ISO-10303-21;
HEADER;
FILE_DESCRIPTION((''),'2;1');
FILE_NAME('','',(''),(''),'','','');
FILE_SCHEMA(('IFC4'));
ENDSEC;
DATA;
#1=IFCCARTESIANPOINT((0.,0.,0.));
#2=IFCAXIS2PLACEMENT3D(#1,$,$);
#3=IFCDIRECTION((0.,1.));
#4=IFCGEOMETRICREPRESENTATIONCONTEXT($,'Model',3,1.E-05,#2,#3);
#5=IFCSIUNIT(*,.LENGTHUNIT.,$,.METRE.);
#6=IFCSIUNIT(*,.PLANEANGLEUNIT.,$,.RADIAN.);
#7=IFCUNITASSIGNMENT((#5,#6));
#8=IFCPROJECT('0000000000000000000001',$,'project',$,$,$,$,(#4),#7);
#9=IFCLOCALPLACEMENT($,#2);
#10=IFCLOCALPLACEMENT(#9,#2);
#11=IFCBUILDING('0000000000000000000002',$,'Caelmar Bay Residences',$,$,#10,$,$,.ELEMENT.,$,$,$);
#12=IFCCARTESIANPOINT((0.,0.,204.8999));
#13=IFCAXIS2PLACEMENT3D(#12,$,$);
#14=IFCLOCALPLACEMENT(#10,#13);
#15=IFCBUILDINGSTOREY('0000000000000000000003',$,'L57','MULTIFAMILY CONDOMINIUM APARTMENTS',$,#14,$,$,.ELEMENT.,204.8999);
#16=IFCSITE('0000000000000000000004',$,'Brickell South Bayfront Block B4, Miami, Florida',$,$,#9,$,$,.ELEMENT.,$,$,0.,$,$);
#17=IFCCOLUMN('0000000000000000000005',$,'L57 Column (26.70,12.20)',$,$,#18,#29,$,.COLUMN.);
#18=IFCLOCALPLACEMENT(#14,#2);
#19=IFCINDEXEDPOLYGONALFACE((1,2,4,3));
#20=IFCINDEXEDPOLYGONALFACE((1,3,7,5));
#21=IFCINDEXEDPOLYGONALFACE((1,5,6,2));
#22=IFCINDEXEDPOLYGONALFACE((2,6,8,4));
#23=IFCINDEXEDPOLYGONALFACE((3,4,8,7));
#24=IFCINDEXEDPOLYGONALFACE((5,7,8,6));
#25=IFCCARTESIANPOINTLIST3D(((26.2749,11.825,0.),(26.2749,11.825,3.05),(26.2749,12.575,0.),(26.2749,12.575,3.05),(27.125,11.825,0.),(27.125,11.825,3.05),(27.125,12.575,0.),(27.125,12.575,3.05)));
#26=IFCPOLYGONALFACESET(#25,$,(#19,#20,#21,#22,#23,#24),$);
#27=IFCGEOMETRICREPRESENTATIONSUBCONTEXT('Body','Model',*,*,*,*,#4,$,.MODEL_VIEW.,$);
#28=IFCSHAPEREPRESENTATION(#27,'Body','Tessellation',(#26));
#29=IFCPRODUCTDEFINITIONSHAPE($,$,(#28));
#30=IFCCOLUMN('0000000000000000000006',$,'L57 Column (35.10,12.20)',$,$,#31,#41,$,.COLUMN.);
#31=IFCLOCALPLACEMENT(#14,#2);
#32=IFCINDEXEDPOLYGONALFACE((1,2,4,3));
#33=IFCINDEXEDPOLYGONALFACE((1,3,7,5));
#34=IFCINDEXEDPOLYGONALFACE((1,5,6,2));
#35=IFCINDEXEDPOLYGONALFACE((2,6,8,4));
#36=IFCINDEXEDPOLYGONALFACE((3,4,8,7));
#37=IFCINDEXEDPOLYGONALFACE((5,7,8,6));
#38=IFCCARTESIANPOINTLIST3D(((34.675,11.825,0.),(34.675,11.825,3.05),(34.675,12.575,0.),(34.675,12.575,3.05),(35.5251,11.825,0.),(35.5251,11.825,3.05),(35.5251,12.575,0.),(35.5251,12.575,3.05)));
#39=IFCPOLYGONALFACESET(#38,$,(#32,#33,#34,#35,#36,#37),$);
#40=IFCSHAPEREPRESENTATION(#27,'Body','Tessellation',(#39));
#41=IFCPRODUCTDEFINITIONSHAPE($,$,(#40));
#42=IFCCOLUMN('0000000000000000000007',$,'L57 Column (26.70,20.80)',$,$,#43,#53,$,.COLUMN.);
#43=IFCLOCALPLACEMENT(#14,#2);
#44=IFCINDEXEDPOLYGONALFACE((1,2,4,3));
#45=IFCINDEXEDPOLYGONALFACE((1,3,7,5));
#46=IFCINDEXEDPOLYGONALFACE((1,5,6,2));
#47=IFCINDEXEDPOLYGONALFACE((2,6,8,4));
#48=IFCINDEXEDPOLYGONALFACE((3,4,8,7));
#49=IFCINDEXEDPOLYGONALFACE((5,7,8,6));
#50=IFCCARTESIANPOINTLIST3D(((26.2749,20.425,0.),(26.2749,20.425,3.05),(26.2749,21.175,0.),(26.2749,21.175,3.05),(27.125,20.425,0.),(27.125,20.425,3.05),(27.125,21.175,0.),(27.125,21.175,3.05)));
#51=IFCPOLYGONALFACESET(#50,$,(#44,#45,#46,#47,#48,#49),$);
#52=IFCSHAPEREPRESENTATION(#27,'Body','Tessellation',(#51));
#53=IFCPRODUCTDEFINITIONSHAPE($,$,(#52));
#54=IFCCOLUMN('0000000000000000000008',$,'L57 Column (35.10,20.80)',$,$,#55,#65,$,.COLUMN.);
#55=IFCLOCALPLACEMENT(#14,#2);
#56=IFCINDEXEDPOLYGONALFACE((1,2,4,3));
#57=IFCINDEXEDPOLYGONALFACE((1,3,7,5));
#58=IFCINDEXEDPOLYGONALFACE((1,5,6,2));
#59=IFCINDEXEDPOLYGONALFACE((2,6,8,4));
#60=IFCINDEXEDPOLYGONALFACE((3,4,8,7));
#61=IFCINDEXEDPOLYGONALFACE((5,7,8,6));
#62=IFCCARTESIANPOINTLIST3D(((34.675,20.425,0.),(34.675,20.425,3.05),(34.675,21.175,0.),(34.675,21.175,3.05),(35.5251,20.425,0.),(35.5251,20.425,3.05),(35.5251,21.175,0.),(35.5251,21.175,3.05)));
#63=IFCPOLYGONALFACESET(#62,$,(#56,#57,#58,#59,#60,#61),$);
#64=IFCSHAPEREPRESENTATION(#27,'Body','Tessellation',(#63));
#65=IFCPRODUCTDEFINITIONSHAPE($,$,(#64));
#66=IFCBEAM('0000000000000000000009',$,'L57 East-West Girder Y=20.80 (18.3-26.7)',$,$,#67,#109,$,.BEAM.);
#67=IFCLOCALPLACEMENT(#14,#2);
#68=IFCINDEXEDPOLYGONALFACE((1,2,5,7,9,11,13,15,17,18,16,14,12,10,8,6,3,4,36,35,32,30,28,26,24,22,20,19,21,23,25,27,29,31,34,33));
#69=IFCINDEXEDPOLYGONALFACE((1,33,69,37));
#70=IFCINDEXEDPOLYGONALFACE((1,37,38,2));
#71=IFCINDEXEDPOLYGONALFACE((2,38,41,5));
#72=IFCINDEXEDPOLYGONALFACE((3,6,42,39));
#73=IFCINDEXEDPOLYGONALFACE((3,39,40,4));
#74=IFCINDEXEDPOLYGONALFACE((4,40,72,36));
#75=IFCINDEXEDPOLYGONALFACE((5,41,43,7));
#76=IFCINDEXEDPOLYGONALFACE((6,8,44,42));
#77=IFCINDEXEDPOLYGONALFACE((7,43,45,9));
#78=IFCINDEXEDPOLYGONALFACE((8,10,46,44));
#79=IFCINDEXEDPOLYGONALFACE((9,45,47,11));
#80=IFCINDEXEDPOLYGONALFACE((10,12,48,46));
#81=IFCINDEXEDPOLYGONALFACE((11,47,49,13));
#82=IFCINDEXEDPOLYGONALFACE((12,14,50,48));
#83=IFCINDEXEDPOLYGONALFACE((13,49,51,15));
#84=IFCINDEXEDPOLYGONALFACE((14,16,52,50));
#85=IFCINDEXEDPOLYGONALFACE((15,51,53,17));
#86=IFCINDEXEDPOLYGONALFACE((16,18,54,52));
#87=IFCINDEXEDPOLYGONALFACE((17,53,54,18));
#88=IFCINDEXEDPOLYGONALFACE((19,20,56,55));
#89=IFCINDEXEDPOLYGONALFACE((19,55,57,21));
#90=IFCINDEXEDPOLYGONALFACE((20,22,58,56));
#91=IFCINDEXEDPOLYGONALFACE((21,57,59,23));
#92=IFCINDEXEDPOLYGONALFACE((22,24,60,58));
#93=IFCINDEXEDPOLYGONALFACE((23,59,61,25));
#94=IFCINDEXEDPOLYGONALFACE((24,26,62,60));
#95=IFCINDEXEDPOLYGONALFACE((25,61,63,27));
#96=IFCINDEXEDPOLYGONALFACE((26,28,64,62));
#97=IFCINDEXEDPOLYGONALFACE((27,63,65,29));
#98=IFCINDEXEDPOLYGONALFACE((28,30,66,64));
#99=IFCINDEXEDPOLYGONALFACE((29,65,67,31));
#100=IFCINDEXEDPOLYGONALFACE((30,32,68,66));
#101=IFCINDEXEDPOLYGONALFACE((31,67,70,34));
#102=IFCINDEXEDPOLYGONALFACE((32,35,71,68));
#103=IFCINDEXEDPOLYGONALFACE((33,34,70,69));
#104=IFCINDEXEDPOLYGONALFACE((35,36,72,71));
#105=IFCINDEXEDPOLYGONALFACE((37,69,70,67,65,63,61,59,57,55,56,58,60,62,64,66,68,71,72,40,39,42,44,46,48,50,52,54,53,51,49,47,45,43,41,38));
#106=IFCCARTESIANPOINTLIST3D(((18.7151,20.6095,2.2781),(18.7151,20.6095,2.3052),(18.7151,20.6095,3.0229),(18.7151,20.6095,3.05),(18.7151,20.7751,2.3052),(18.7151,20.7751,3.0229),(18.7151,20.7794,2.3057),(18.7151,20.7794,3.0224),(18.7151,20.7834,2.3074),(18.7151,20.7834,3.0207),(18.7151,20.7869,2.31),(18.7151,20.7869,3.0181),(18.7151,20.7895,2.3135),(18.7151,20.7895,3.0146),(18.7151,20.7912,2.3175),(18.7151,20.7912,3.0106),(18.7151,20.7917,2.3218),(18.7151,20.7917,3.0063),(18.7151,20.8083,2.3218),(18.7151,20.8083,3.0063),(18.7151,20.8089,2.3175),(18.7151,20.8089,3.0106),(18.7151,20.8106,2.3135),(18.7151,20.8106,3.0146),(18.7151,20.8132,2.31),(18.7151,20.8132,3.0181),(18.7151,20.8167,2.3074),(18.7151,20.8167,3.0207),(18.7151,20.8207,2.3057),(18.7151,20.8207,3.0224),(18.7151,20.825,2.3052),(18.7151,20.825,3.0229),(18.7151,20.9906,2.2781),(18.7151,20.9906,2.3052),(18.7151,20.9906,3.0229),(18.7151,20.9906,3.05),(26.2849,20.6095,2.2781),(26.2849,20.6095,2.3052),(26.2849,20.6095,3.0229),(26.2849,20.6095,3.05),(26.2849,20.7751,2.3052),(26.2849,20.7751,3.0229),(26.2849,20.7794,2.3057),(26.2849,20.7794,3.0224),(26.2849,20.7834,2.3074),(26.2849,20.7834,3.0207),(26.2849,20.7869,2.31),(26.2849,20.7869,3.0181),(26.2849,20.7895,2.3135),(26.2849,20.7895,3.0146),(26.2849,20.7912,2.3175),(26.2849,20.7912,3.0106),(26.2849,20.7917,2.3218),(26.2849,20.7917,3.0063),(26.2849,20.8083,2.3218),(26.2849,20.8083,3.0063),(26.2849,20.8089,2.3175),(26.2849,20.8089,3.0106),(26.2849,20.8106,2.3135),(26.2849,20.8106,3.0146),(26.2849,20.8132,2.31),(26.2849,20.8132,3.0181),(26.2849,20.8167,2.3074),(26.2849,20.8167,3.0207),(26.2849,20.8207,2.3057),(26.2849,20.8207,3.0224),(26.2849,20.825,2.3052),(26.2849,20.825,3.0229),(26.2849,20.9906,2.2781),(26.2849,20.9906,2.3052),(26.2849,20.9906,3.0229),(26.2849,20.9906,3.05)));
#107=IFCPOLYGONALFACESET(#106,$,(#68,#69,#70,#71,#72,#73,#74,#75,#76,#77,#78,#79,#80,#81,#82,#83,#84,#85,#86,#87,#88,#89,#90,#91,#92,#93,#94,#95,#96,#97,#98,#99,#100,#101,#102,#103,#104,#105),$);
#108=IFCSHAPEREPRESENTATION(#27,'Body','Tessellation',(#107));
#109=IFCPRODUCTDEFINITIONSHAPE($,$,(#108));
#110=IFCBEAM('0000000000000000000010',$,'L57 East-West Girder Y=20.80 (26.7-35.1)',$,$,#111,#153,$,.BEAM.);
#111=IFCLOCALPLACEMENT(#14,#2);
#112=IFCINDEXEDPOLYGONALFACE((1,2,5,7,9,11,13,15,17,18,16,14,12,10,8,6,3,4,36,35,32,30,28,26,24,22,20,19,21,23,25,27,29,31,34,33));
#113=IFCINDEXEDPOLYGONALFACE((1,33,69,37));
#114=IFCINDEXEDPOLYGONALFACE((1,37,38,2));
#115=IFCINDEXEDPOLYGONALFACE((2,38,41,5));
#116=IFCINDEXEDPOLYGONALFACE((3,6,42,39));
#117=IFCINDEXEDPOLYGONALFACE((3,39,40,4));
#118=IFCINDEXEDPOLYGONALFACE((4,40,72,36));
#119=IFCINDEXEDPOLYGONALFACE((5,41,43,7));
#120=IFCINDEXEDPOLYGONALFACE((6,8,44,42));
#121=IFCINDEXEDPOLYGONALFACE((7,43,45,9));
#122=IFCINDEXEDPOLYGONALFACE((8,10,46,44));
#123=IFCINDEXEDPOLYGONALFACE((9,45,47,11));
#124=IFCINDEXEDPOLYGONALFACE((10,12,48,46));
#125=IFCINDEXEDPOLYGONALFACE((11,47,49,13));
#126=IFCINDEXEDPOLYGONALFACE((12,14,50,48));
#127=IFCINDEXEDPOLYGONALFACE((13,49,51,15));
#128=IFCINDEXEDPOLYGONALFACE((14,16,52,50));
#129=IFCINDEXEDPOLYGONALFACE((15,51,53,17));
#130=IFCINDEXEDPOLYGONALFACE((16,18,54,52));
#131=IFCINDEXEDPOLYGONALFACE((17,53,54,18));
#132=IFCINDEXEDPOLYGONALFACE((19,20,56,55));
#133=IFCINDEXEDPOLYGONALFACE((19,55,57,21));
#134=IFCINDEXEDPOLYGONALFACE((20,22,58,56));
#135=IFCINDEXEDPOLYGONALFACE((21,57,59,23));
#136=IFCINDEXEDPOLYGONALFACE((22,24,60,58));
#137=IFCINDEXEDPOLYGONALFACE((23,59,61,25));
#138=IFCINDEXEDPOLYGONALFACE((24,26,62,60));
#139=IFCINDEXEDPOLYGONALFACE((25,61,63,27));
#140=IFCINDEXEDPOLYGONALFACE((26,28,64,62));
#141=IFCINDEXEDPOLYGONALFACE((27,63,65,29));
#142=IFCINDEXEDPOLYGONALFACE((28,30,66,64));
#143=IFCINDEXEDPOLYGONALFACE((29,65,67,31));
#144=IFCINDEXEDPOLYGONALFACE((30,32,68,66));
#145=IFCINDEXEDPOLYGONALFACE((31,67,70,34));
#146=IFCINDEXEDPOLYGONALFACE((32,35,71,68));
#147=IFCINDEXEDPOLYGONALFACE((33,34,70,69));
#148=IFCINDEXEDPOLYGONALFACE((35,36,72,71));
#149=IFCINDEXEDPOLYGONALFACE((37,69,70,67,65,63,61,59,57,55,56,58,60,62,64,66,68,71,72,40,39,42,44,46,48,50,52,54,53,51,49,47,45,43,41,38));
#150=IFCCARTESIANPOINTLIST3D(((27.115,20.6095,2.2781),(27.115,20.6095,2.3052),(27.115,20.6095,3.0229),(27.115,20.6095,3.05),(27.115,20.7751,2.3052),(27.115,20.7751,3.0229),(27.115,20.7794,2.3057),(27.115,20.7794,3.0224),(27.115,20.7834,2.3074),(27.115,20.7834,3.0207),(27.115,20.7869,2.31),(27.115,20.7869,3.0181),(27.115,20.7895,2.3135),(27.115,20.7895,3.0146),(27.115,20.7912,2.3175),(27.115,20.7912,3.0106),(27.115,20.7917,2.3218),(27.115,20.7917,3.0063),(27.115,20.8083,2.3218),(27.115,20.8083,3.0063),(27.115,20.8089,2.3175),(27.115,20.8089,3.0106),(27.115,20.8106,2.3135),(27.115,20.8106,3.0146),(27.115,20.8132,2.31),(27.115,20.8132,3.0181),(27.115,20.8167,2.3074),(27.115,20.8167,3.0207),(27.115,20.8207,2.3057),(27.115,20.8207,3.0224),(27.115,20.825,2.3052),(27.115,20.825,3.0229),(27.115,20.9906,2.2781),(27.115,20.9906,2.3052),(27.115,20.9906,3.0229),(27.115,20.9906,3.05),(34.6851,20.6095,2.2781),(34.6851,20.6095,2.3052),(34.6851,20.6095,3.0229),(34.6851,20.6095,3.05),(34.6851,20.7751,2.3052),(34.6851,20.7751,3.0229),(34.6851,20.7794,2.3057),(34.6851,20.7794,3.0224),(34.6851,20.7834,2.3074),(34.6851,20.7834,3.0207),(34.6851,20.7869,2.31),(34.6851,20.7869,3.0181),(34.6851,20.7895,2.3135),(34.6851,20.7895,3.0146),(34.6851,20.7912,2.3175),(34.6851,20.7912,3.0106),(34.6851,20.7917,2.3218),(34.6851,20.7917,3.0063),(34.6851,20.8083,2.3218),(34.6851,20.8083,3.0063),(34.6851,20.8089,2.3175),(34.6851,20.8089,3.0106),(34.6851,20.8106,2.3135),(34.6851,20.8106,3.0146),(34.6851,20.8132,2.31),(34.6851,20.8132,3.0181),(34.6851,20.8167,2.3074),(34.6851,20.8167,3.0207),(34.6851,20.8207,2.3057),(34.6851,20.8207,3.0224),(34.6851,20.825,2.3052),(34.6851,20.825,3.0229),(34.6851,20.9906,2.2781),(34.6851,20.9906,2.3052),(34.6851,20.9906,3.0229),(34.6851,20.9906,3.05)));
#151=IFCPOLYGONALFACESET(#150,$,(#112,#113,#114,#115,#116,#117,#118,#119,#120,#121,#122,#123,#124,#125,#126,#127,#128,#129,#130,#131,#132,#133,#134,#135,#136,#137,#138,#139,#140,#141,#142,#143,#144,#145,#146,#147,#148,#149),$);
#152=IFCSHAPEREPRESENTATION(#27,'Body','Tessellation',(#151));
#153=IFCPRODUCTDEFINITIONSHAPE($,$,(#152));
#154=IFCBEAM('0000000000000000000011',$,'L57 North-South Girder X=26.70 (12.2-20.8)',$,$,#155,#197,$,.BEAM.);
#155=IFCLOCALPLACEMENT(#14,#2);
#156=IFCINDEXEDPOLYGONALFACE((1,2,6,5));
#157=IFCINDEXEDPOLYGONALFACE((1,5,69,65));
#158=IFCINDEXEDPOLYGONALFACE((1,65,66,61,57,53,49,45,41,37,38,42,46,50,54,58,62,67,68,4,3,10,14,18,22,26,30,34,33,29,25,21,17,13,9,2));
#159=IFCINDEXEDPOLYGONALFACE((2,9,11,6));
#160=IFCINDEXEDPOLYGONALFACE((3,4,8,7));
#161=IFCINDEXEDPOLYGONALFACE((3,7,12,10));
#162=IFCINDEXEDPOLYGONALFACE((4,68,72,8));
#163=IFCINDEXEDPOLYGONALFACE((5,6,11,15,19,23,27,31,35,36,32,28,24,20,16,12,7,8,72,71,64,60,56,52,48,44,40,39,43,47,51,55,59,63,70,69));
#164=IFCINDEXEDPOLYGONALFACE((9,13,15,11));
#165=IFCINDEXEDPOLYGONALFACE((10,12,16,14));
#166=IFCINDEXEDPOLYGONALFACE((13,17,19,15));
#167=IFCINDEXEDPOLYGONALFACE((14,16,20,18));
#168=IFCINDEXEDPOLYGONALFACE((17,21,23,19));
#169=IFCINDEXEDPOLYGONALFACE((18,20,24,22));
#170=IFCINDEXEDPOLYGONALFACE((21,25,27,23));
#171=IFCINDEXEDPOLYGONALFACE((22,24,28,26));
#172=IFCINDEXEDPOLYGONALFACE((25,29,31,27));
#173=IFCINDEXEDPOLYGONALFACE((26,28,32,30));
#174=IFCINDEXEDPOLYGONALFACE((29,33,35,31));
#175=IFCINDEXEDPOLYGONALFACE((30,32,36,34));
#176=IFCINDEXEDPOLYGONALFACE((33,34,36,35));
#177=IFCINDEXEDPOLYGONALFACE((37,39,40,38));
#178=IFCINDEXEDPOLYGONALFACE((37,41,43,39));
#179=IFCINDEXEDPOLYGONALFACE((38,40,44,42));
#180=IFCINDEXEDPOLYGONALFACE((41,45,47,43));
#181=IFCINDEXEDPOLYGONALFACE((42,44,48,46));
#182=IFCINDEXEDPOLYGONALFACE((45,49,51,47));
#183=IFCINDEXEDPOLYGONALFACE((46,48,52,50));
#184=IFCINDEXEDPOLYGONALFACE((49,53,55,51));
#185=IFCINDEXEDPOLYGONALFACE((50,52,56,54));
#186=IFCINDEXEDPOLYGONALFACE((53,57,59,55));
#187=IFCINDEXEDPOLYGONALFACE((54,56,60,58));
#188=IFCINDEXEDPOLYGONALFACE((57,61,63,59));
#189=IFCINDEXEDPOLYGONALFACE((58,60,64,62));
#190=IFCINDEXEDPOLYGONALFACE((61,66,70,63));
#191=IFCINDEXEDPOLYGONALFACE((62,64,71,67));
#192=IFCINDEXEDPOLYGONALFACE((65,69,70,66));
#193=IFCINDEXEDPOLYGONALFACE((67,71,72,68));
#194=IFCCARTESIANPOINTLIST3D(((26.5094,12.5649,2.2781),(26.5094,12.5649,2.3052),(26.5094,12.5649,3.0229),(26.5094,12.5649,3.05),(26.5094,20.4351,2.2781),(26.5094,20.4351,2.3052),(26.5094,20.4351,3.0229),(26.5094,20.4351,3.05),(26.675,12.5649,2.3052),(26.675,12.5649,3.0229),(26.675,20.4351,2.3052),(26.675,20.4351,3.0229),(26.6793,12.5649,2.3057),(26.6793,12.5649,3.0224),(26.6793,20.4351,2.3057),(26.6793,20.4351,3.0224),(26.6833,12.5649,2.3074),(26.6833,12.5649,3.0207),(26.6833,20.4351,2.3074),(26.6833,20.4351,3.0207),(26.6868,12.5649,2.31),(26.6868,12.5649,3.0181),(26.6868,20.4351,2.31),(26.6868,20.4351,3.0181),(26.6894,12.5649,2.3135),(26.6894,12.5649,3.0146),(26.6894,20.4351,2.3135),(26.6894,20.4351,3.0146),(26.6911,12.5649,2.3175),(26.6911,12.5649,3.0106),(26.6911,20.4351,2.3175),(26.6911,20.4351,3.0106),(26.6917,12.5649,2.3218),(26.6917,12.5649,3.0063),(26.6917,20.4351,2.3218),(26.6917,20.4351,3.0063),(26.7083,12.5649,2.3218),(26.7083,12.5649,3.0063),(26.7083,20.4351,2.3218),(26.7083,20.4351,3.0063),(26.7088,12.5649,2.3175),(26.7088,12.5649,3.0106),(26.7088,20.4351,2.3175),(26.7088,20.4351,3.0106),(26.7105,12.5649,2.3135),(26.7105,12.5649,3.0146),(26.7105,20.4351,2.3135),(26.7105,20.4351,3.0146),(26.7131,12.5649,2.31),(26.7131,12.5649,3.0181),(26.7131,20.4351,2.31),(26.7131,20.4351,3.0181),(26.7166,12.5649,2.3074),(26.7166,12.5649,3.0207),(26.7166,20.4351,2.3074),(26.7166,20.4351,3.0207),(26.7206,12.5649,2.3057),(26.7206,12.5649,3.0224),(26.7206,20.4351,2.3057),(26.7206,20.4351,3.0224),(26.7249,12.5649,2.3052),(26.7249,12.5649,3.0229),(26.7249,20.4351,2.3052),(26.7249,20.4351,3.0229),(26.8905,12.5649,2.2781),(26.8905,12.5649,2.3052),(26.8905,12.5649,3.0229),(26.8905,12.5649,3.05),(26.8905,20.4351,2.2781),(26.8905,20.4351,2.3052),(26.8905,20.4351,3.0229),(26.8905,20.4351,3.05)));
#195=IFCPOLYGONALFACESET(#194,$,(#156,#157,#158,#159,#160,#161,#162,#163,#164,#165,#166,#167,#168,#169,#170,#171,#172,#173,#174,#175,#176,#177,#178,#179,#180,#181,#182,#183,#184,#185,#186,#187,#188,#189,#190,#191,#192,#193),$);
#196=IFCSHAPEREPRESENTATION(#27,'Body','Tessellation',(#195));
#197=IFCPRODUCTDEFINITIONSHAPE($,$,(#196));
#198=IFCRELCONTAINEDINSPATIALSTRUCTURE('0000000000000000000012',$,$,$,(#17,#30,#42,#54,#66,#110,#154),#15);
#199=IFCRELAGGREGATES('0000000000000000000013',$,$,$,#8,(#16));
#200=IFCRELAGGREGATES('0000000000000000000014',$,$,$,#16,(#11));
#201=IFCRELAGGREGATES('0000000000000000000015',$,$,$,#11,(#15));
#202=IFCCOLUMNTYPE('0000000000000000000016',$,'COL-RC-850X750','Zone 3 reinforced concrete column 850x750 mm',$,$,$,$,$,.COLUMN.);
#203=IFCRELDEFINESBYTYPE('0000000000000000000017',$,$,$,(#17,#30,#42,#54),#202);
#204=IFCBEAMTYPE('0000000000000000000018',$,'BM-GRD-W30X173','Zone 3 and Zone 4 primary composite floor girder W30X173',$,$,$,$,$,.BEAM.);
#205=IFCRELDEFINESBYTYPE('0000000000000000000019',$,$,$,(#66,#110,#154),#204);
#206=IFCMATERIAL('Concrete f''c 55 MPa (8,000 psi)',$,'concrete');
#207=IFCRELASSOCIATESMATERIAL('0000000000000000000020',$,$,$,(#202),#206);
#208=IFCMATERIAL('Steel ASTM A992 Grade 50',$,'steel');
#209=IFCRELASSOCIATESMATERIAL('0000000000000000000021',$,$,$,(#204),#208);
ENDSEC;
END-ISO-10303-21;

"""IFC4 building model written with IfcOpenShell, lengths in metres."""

from ifc_helpers import new_model, si_unit, direction, frame, origin, origin_2d, place, context, subcontext, project, spatial, rectangle, i_section, extrude, material, material_profile, profile_set, type_object, element, save


model = new_model("IFC4")

# Units and contexts
model_context = context("Model", 3, precision=1e-05, world=origin(), true_north=direction((0.0, 1.0)))
body_context = subcontext(model_context, "Body", "Model", "MODEL_VIEW")
ifc_project = project(units=[si_unit("LENGTHUNIT", "METRE"), si_unit("PLANEANGLEUNIT", "RADIAN")], contexts=[model_context])

# Site, building, storey
site_placement = place(None, origin())
site = spatial("IfcSite", under=ifc_project, at=site_placement, Name="Brickell South Bayfront Block B4, Miami, Florida", CompositionType="ELEMENT", RefElevation=0.0)
building_placement = place(site_placement, origin())
building = spatial("IfcBuilding", under=site, at=building_placement, Name="Caelmar Bay Residences", CompositionType="ELEMENT")
storey_placement = place(building_placement, frame((0.0, 0.0, 204.8999)))
storey = spatial("IfcBuildingStorey", under=building, at=storey_placement, Name="L57", Description="MULTIFAMILY CONDOMINIUM APARTMENTS", CompositionType="ELEMENT", Elevation=204.8999)

# Columns
ifc_material_1 = material(Name="Concrete f'c 55 MPa (8,000 psi)", Category="concrete")
ifc_material_profile_1 = material_profile(ifc_material_1, rectangle(XDim=0.8501, YDim=0.75, at=origin_2d()), Name="RC-COL-850X750")
ifc_profile_set_1 = profile_set([ifc_material_profile_1], Name="Concrete f'c 55 MPa (8,000 psi)")
column_type = type_object("IfcColumnType", Name="COL-RC-850X750", Description="Zone 3 reinforced concrete column 850x750 mm", PredefinedType="COLUMN", material=ifc_profile_set_1)
for number, where, z_axis, x_axis, name in (
    (1, (26.7, 12.2, 0.0), (0.0, 0.0, 1.0), (1.0, 0.0, 0.0), "L57 Column (26.70,12.20)"),
    (2, (35.1001, 12.2, 0.0), (0.0, 0.0, 1.0), (1.0, 0.0, 0.0), "L57 Column (35.10,12.20)"),
    (3, (26.7, 20.8, 0.0), (0.0, 0.0, 1.0), (1.0, 0.0, 0.0), "L57 Column (26.70,20.80)"),
    (4, (35.1001, 20.8, 0.0), (0.0, 0.0, 1.0), (1.0, 0.0, 0.0), "L57 Column (35.10,20.80)"),
):
    element("IfcColumn", number, at=place(storey_placement, frame(where, z_axis=z_axis, x_axis=x_axis)), inside=storey, type_object=column_type, Name=name, PredefinedType="COLUMN", context=body_context, shape_type="SweptSolid", body=[
        extrude(rectangle(XDim=0.8501, YDim=0.75, at=origin_2d()), origin(), (0.0, 0.0, 1.0), 3.05),
    ])

# Beams
ifc_material_2 = material(Name="Steel ASTM A992 Grade 50", Category="steel")
ifc_material_profile_2 = material_profile(ifc_material_2, i_section(OverallWidth=0.3811, OverallDepth=0.772, WebThickness=0.0166, FlangeThickness=0.0271, FilletRadius=0.0166, at=origin_2d()), Name="W30X173")
ifc_profile_set_2 = profile_set([ifc_material_profile_2], Name="Steel ASTM A992 Grade 50")
beam_type_1 = type_object("IfcBeamType", Name="BM-GRD-W30X173", Description="Zone 3 and Zone 4 primary composite floor girder W30X173", PredefinedType="BEAM", material=ifc_profile_set_2)
beam_1_placement = place(storey_placement, frame((18.7151, 20.8, 2.6641), z_axis=(1.0, 0.0, 0.0), x_axis=(0.0, 1.0, 0.0)))
element("IfcBeam", 5, at=beam_1_placement, inside=storey, type_object=beam_type_1, Name="L57 East-West Girder Y=20.80 (18.3-26.7)", PredefinedType="BEAM", context=body_context, shape_type="SweptSolid", body=[
    extrude(i_section(OverallWidth=0.3811, OverallDepth=0.772, WebThickness=0.0166, FlangeThickness=0.0271, FilletRadius=0.0166, at=origin_2d()), origin(), (0.0, 0.0, 1.0), 7.5698),
])
beam_2_placement = place(storey_placement, frame((27.115, 20.8, 2.6641), z_axis=(1.0, 0.0, 0.0), x_axis=(0.0, 1.0, 0.0)))
element("IfcBeam", 6, at=beam_2_placement, inside=storey, type_object=beam_type_1, Name="L57 East-West Girder Y=20.80 (26.7-35.1)", PredefinedType="BEAM", context=body_context, shape_type="SweptSolid", body=[
    extrude(i_section(OverallWidth=0.3811, OverallDepth=0.772, WebThickness=0.0166, FlangeThickness=0.0271, FilletRadius=0.0166, at=origin_2d()), origin(), (0.0, 0.0, 1.0), 7.5701),
])
for number, where, z_axis, x_axis, name in (
    (7, (26.7, 12.5649, 2.6641), (0.0, 1.0, 0.0), (-1.0, 0.0, 0.0), "L57 North-South Girder X=26.70 (12.2-20.8)"),
):
    element("IfcBeam", number, at=place(storey_placement, frame(where, z_axis=z_axis, x_axis=x_axis)), inside=storey, type_object=beam_type_1, Name=name, PredefinedType="BEAM", context=body_context, shape_type="SweptSolid", body=[
        extrude(i_section(OverallWidth=0.3811, OverallDepth=0.772, WebThickness=0.0166, FlangeThickness=0.0271, FilletRadius=0.0166, at=origin_2d()), origin(), (0.0, 0.0, 1.0), 7.8701),
    ])

save(model, "model.ifc")
